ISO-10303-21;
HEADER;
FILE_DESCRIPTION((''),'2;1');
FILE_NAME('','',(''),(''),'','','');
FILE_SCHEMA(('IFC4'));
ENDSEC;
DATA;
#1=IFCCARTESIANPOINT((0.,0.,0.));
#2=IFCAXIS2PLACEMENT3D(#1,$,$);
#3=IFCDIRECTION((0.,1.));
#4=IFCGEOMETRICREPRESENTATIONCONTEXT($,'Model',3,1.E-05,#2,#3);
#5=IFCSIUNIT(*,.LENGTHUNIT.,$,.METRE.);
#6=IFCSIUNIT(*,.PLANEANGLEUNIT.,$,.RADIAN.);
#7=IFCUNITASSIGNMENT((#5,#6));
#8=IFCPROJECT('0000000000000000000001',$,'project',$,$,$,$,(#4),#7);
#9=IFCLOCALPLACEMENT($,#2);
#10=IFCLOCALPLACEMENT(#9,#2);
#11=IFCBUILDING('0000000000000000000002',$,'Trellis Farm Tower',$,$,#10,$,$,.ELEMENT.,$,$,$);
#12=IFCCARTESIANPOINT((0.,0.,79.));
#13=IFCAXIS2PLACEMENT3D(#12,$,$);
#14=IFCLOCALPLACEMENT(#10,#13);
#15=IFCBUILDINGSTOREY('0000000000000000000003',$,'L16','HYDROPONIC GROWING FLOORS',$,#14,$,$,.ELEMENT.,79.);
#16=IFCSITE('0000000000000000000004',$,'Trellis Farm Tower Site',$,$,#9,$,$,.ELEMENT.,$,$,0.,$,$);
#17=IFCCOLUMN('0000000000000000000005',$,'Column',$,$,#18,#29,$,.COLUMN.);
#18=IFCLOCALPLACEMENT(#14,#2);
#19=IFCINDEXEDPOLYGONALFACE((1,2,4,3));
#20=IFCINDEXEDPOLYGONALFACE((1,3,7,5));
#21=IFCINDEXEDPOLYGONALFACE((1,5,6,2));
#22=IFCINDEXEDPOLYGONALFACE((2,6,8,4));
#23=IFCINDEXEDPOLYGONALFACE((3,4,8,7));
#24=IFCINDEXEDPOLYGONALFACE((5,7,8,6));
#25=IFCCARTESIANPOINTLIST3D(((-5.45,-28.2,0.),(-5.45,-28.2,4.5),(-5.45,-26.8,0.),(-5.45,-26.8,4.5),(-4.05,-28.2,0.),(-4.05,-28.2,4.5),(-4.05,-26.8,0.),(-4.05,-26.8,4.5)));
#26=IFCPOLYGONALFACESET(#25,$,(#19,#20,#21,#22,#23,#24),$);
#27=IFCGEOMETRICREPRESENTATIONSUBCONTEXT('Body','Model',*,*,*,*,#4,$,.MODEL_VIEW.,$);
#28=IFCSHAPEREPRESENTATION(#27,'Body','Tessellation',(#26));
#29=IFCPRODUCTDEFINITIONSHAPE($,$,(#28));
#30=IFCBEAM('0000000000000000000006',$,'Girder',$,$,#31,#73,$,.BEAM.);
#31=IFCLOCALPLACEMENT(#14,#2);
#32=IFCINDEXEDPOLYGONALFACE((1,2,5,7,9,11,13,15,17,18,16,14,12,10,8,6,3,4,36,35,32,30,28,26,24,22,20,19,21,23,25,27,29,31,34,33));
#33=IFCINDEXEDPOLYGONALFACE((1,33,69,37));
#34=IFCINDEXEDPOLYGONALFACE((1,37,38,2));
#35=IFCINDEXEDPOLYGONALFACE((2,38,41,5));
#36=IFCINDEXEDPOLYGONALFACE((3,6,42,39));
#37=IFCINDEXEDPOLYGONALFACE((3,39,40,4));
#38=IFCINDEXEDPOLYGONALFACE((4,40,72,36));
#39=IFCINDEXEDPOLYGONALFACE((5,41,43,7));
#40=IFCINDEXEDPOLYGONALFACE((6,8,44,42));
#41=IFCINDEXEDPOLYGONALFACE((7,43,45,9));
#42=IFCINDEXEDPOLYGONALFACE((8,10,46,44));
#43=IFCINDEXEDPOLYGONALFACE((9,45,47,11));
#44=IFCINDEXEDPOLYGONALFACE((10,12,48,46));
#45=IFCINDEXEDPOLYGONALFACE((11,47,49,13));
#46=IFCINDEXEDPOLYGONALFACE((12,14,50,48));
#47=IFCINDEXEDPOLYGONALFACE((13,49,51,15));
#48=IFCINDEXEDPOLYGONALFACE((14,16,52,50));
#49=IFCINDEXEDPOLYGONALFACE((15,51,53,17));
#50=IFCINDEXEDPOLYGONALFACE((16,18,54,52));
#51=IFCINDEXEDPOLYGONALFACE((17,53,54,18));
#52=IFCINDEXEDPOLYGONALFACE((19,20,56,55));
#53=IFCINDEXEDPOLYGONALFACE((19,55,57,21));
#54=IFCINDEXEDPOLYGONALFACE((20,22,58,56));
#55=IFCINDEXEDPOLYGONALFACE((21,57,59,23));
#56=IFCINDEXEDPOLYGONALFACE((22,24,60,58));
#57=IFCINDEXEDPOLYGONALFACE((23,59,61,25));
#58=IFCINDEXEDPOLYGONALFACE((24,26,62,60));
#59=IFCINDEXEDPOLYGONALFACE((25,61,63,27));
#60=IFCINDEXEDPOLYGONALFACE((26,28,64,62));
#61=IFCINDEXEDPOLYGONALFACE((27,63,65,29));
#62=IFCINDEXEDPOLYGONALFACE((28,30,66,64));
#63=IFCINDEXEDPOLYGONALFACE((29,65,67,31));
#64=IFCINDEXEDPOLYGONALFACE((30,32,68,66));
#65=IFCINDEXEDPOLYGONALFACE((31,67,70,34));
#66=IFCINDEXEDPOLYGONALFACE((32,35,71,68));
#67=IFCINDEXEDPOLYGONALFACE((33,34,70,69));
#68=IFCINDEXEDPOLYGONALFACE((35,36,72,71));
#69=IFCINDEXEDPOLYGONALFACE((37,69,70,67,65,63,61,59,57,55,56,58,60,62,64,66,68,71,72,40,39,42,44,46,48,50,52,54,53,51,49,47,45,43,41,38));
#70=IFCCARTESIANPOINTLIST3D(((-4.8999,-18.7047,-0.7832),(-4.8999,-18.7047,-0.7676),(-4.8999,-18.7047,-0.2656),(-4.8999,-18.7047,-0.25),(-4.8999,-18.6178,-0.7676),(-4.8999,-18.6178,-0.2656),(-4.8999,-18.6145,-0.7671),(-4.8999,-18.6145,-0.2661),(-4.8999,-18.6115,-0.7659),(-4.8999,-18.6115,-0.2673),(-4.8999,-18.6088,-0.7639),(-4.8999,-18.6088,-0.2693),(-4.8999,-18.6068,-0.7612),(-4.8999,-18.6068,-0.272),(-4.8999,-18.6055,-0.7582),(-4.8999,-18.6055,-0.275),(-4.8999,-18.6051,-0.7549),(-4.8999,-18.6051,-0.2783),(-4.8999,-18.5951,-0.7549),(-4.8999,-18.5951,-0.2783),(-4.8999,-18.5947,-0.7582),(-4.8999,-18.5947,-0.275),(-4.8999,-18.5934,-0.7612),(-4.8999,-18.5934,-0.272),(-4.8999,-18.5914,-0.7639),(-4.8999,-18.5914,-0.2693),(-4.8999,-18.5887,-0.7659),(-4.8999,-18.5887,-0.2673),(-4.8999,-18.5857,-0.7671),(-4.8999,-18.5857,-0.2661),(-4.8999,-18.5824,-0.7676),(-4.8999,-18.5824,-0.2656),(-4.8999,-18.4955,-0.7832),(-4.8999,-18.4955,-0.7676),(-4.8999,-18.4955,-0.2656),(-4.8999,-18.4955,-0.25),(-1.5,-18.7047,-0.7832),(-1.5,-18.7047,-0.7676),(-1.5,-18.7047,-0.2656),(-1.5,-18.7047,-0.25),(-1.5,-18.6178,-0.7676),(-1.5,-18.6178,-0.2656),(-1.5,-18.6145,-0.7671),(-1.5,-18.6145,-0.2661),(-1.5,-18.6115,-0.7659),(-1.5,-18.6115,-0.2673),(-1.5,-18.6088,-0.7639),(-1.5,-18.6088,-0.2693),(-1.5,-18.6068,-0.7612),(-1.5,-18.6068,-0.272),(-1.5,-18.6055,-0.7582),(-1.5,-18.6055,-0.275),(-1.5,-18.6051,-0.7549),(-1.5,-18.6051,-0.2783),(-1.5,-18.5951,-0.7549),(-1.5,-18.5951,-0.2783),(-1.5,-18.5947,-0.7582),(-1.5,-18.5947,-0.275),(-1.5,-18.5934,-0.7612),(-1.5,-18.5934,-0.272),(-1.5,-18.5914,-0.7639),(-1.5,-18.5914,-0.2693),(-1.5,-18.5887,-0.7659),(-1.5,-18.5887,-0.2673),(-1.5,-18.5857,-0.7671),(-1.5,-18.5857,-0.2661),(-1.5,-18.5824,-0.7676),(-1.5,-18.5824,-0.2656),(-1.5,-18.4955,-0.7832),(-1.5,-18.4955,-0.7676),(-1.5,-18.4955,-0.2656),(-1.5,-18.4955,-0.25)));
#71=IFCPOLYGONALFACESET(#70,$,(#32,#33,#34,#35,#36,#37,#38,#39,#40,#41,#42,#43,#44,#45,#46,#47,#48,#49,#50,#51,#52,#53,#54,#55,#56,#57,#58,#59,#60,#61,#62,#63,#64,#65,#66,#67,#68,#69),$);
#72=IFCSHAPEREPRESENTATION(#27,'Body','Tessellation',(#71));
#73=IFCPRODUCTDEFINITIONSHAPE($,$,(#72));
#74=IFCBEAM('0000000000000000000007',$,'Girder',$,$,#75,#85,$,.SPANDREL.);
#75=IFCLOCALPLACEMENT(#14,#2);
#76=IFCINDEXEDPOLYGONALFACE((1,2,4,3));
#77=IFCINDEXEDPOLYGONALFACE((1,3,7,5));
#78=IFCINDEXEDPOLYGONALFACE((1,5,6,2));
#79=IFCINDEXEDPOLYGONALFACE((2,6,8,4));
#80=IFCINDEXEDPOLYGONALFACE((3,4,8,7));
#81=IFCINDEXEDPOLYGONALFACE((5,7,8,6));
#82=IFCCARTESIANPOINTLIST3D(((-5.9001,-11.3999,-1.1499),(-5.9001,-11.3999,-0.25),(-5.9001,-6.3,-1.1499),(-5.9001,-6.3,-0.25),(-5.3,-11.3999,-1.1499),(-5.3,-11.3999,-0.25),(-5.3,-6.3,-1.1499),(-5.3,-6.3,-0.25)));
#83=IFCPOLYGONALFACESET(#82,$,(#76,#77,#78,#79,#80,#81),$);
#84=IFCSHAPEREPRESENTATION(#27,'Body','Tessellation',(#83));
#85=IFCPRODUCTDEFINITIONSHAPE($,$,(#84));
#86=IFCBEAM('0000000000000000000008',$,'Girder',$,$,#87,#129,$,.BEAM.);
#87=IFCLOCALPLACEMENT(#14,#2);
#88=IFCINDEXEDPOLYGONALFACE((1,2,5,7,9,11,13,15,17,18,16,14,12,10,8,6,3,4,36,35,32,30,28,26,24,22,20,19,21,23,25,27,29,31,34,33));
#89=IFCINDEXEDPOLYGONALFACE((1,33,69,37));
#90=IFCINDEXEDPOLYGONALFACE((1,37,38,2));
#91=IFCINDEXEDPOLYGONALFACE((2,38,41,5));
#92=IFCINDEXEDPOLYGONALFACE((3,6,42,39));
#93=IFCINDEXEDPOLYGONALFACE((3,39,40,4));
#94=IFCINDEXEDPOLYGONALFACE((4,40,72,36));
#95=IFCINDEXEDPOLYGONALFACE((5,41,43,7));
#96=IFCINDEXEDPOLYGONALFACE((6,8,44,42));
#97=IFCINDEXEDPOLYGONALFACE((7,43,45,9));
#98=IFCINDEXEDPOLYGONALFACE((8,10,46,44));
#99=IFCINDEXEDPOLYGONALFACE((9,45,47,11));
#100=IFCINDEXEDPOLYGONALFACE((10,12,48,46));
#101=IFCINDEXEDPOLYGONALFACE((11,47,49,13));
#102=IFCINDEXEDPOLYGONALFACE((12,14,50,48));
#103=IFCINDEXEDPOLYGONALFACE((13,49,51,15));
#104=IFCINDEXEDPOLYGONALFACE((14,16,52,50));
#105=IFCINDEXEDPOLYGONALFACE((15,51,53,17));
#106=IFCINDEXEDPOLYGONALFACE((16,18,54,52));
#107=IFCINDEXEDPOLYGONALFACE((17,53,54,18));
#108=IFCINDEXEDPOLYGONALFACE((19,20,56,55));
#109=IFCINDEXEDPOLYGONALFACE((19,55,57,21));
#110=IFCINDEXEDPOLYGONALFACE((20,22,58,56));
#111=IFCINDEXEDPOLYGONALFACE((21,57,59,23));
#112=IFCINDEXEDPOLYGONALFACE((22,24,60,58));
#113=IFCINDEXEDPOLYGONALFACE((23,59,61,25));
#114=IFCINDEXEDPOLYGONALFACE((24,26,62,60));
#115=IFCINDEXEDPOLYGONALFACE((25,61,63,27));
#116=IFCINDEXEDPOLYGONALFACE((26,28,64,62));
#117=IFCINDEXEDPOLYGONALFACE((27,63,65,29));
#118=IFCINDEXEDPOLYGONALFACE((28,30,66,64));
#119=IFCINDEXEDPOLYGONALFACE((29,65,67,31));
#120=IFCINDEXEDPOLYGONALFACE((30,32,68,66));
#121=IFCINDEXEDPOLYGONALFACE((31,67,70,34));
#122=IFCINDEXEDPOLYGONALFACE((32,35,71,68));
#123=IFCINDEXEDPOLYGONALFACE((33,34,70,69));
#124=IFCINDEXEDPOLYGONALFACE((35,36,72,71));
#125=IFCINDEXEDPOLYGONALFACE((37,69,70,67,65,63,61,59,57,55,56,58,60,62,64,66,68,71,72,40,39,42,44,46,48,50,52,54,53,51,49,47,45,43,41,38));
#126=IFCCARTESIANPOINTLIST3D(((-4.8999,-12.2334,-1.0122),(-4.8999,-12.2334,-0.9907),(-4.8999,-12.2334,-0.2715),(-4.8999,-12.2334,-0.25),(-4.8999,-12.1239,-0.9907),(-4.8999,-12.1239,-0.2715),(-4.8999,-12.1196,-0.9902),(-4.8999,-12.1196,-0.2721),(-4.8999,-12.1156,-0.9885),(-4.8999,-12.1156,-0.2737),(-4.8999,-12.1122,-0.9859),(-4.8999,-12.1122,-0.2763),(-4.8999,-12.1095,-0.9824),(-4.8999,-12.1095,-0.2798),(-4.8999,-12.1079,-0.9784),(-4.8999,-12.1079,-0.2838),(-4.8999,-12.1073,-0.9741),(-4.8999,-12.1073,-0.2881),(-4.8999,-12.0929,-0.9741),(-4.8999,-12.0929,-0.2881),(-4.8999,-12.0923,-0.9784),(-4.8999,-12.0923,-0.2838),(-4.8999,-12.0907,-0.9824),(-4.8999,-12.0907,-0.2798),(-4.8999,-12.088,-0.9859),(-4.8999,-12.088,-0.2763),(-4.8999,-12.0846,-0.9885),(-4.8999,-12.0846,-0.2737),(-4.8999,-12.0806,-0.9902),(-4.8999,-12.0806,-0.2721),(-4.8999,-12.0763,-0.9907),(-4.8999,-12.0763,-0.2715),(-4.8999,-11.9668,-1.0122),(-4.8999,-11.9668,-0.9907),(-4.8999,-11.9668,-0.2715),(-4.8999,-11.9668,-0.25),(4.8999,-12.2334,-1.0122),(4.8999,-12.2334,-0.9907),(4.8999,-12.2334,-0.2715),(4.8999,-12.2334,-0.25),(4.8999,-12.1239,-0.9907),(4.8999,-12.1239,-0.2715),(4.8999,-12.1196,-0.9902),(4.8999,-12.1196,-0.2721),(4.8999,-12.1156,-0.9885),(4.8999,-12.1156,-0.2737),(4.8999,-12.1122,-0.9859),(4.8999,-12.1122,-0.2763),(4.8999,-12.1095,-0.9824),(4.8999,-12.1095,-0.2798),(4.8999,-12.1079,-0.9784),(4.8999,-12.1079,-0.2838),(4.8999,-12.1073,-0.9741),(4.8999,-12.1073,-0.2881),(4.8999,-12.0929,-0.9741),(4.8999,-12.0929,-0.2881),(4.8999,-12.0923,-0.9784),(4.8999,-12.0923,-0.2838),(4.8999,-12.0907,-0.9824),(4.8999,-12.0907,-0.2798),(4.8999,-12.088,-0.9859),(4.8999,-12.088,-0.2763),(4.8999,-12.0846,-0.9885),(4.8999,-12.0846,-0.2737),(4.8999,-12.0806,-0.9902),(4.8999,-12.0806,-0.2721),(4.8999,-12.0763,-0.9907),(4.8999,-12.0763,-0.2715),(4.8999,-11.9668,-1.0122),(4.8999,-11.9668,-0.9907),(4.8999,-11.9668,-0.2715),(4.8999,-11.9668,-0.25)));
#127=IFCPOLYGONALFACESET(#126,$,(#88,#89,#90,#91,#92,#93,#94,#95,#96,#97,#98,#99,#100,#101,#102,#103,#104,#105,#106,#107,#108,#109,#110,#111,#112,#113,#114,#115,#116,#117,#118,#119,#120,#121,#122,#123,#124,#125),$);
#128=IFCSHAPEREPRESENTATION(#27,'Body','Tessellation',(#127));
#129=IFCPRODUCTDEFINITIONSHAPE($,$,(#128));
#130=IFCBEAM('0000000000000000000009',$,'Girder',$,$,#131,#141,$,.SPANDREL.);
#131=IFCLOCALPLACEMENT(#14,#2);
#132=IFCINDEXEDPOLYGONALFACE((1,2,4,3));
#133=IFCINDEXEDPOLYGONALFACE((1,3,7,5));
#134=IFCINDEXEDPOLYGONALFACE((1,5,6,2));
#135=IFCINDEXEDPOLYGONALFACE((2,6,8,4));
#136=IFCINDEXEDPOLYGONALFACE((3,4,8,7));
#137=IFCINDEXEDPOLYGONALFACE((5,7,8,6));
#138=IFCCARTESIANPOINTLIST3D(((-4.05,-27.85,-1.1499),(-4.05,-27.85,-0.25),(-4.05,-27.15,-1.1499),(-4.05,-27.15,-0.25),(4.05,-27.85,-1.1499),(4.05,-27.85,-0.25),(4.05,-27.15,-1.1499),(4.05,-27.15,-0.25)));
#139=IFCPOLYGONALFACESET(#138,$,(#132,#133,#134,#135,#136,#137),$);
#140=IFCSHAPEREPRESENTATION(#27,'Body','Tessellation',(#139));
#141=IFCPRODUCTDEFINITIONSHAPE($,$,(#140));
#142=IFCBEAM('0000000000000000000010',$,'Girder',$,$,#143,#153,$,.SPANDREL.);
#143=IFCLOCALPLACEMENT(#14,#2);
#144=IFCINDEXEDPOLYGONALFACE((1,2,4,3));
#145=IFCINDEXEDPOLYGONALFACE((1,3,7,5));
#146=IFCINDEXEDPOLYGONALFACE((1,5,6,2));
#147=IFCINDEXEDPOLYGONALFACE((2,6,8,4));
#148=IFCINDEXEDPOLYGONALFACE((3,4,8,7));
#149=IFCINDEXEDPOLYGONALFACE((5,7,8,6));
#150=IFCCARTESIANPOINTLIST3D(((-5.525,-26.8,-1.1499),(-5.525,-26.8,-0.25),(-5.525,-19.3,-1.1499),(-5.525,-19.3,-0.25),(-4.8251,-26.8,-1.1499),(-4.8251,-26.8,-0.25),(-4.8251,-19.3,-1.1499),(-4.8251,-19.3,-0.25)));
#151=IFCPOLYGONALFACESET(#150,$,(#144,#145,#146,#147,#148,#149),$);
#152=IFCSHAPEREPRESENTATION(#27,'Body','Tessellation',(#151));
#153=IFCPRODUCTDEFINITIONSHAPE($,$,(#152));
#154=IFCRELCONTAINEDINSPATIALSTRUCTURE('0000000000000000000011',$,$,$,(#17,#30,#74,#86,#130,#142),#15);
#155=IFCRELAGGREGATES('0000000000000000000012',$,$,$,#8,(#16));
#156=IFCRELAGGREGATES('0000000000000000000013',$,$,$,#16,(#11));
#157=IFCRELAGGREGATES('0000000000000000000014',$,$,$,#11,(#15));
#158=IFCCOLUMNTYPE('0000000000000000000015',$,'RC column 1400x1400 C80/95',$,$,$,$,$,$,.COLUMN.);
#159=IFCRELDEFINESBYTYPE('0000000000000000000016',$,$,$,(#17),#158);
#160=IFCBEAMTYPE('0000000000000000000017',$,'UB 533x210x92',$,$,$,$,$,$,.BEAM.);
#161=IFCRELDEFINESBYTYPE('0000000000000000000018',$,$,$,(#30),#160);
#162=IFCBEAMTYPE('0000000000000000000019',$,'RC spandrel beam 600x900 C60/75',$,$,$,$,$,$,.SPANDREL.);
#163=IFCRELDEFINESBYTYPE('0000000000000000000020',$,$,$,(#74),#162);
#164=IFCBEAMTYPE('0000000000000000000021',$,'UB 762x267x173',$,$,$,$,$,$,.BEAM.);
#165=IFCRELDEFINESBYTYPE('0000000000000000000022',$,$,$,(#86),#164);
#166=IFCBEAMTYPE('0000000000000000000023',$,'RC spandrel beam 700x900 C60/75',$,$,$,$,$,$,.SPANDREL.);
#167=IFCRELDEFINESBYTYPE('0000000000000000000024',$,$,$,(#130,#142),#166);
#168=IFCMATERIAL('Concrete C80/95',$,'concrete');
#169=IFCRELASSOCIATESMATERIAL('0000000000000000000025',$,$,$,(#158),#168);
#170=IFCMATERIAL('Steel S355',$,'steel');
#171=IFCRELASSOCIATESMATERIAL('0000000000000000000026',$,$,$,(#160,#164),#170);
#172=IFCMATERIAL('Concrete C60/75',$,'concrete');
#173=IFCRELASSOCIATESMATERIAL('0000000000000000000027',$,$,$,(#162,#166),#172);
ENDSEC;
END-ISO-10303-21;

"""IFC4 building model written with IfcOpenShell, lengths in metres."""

from ifc_helpers import new_model, si_unit, direction, frame, origin, origin_2d, place, context, subcontext, project, spatial, rectangle, i_section, extrude, source, transform, mapped, material, material_profile, profile_set, type_object, element, save


model = new_model("IFC4")

# Units and contexts
model_context = context("Model", 3, precision=1e-05, world=origin(), true_north=direction((0.0, 1.0)))
body_context = subcontext(model_context, "Body", "Model", "MODEL_VIEW")
ifc_project = project(units=[si_unit("LENGTHUNIT", "METRE"), si_unit("PLANEANGLEUNIT", "RADIAN")], contexts=[model_context])

# Site, building, storey
site_placement = place(None, origin())
site = spatial("IfcSite", under=ifc_project, at=site_placement, Name="Trellis Farm Tower Site", CompositionType="ELEMENT", RefElevation=0.0)
building_placement = place(site_placement, origin())
building = spatial("IfcBuilding", under=site, at=building_placement, Name="Trellis Farm Tower", CompositionType="ELEMENT")
storey_placement = place(building_placement, frame((0.0, 0.0, 79.0)))
storey = spatial("IfcBuildingStorey", under=building, at=storey_placement, Name="L16", Description="HYDROPONIC GROWING FLOORS", CompositionType="ELEMENT", Elevation=79.0)

# Column
ifc_material_1 = material(Name="Concrete C80/95", Category="concrete")
ifc_material_profile_1 = material_profile(ifc_material_1, rectangle(XDim=1.3999, YDim=1.3999, at=origin_2d()), Name="RC column 1400x1400 C80/95")
ifc_profile_set_1 = profile_set([ifc_material_profile_1], Name="Concrete C80/95")
column_type = type_object("IfcColumnType", Name="RC column 1400x1400 C80/95", PredefinedType="COLUMN", material=ifc_profile_set_1)
shared_shape_1 = source(origin(), body_context, "Body", "SweptSolid", [
    extrude(rectangle(XDim=1.3999, YDim=1.3999, at=origin_2d()), origin(), (0.0, 0.0, 1.0), 4.5),
])
column_placement = place(storey_placement, frame((-4.75, -27.5, 0.0), z_axis=(0.0, 0.0, 1.0), x_axis=(1.0, 0.0, 0.0)))
element("IfcColumn", 1, at=column_placement, inside=storey, type_object=column_type, Name="Column", PredefinedType="COLUMN", context=body_context, shape_type="MappedRepresentation", body=[
    mapped(shared_shape_1, transform((0.0, 0.0, 0.0))),
])

# Beams
ifc_material_2 = material(Name="Steel S355", Category="steel")
ifc_material_profile_2 = material_profile(ifc_material_2, i_section(OverallWidth=0.2092, OverallDepth=0.5332, WebThickness=0.01, FlangeThickness=0.0156, FilletRadius=0.0127, at=origin_2d()), Name="UB 533x210x92")
ifc_profile_set_2 = profile_set([ifc_material_profile_2], Name="Steel S355")
beam_type_1 = type_object("IfcBeamType", Name="UB 533x210x92", PredefinedType="BEAM", material=ifc_profile_set_2)
shared_shape_2 = source(origin(), body_context, "Body", "SweptSolid", [
    extrude(i_section(OverallWidth=0.2092, OverallDepth=0.5332, WebThickness=0.01, FlangeThickness=0.0156, FilletRadius=0.0127, at=origin_2d()), origin(), (0.0, 0.0, 1.0), 3.3999),
])
beam_1_placement = place(storey_placement, frame((-4.8999, -18.6001, -0.5166), z_axis=(1.0, 0.0, 0.0), x_axis=(0.0, 1.0, 0.0)))
element("IfcBeam", 2, at=beam_1_placement, inside=storey, type_object=beam_type_1, Name="Girder", PredefinedType="BEAM", context=body_context, shape_type="MappedRepresentation", body=[
    mapped(shared_shape_2, transform((0.0, 0.0, 0.0))),
])
ifc_material_3 = material(Name="Concrete C60/75", Category="concrete")
ifc_material_profile_3 = material_profile(ifc_material_3, rectangle(XDim=0.6001, YDim=0.8999, at=origin_2d()), Name="RC spandrel beam 600x900 C60/75")
ifc_profile_set_3 = profile_set([ifc_material_profile_3], Name="Concrete C60/75")
beam_type_2 = type_object("IfcBeamType", Name="RC spandrel beam 600x900 C60/75", PredefinedType="SPANDREL", material=ifc_profile_set_3)
shared_shape_3 = source(origin(), body_context, "Body", "SweptSolid", [
    extrude(rectangle(XDim=0.6001, YDim=0.8999, at=origin_2d()), origin(), (0.0, 0.0, 1.0), 5.0999),
])
beam_2_placement = place(storey_placement, frame((-5.6001, -11.3999, -0.7), z_axis=(0.0, 1.0, 0.0), x_axis=(-1.0, 0.0, 0.0)))
element("IfcBeam", 3, at=beam_2_placement, inside=storey, type_object=beam_type_2, Name="Girder", PredefinedType="SPANDREL", context=body_context, shape_type="MappedRepresentation", body=[
    mapped(shared_shape_3, transform((0.0, 0.0, 0.0))),
])
ifc_material_profile_4 = material_profile(ifc_material_2, i_section(OverallWidth=0.2666, OverallDepth=0.7622, WebThickness=0.0144, FlangeThickness=0.0215, FilletRadius=0.0166, at=origin_2d()), Name="UB 762x267x173")
ifc_profile_set_4 = profile_set([ifc_material_profile_4], Name="Steel S355")
beam_type_3 = type_object("IfcBeamType", Name="UB 762x267x173", PredefinedType="BEAM", material=ifc_profile_set_4)
shared_shape_4 = source(origin(), body_context, "Body", "SweptSolid", [
    extrude(i_section(OverallWidth=0.2666, OverallDepth=0.7622, WebThickness=0.0144, FlangeThickness=0.0215, FilletRadius=0.0166, at=origin_2d()), origin(), (0.0, 0.0, 1.0), 9.7998),
])
beam_3_placement = place(storey_placement, frame((-4.8999, -12.1001, -0.6311), z_axis=(1.0, 0.0, 0.0), x_axis=(0.0, 1.0, 0.0)))
element("IfcBeam", 4, at=beam_3_placement, inside=storey, type_object=beam_type_3, Name="Girder", PredefinedType="BEAM", context=body_context, shape_type="MappedRepresentation", body=[
    mapped(shared_shape_4, transform((0.0, 0.0, 0.0))),
])
ifc_material_profile_5 = material_profile(ifc_material_3, rectangle(XDim=0.7, YDim=0.8999, at=origin_2d()), Name="RC spandrel beam 700x900 C60/75")
ifc_profile_set_5 = profile_set([ifc_material_profile_5], Name="Concrete C60/75")
beam_type_4 = type_object("IfcBeamType", Name="RC spandrel beam 700x900 C60/75", PredefinedType="SPANDREL", material=ifc_profile_set_5)
shared_shape_5 = source(origin(), body_context, "Body", "SweptSolid", [
    extrude(rectangle(XDim=0.7, YDim=0.8999, at=origin_2d()), origin(), (0.0, 0.0, 1.0), 8.1001),
])
beam_4_placement = place(storey_placement, frame((-4.05, -27.5, -0.7), z_axis=(1.0, 0.0, 0.0), x_axis=(0.0, 1.0, 0.0)))
element("IfcBeam", 5, at=beam_4_placement, inside=storey, type_object=beam_type_4, Name="Girder", PredefinedType="SPANDREL", context=body_context, shape_type="MappedRepresentation", body=[
    mapped(shared_shape_5, transform((0.0, 0.0, 0.0))),
])
shared_shape_6 = source(origin(), body_context, "Body", "SweptSolid", [
    extrude(rectangle(XDim=0.7, YDim=0.8999, at=origin_2d()), origin(), (0.0, 0.0, 1.0), 7.5),
])
beam_5_placement = place(storey_placement, frame((-5.175, -26.8, -0.7), z_axis=(0.0, 1.0, 0.0), x_axis=(-1.0, 0.0, 0.0)))
element("IfcBeam", 6, at=beam_5_placement, inside=storey, type_object=beam_type_4, Name="Girder", PredefinedType="SPANDREL", context=body_context, shape_type="MappedRepresentation", body=[
    mapped(shared_shape_6, transform((0.0, 0.0, 0.0))),
])

save(model, "model.ifc")
